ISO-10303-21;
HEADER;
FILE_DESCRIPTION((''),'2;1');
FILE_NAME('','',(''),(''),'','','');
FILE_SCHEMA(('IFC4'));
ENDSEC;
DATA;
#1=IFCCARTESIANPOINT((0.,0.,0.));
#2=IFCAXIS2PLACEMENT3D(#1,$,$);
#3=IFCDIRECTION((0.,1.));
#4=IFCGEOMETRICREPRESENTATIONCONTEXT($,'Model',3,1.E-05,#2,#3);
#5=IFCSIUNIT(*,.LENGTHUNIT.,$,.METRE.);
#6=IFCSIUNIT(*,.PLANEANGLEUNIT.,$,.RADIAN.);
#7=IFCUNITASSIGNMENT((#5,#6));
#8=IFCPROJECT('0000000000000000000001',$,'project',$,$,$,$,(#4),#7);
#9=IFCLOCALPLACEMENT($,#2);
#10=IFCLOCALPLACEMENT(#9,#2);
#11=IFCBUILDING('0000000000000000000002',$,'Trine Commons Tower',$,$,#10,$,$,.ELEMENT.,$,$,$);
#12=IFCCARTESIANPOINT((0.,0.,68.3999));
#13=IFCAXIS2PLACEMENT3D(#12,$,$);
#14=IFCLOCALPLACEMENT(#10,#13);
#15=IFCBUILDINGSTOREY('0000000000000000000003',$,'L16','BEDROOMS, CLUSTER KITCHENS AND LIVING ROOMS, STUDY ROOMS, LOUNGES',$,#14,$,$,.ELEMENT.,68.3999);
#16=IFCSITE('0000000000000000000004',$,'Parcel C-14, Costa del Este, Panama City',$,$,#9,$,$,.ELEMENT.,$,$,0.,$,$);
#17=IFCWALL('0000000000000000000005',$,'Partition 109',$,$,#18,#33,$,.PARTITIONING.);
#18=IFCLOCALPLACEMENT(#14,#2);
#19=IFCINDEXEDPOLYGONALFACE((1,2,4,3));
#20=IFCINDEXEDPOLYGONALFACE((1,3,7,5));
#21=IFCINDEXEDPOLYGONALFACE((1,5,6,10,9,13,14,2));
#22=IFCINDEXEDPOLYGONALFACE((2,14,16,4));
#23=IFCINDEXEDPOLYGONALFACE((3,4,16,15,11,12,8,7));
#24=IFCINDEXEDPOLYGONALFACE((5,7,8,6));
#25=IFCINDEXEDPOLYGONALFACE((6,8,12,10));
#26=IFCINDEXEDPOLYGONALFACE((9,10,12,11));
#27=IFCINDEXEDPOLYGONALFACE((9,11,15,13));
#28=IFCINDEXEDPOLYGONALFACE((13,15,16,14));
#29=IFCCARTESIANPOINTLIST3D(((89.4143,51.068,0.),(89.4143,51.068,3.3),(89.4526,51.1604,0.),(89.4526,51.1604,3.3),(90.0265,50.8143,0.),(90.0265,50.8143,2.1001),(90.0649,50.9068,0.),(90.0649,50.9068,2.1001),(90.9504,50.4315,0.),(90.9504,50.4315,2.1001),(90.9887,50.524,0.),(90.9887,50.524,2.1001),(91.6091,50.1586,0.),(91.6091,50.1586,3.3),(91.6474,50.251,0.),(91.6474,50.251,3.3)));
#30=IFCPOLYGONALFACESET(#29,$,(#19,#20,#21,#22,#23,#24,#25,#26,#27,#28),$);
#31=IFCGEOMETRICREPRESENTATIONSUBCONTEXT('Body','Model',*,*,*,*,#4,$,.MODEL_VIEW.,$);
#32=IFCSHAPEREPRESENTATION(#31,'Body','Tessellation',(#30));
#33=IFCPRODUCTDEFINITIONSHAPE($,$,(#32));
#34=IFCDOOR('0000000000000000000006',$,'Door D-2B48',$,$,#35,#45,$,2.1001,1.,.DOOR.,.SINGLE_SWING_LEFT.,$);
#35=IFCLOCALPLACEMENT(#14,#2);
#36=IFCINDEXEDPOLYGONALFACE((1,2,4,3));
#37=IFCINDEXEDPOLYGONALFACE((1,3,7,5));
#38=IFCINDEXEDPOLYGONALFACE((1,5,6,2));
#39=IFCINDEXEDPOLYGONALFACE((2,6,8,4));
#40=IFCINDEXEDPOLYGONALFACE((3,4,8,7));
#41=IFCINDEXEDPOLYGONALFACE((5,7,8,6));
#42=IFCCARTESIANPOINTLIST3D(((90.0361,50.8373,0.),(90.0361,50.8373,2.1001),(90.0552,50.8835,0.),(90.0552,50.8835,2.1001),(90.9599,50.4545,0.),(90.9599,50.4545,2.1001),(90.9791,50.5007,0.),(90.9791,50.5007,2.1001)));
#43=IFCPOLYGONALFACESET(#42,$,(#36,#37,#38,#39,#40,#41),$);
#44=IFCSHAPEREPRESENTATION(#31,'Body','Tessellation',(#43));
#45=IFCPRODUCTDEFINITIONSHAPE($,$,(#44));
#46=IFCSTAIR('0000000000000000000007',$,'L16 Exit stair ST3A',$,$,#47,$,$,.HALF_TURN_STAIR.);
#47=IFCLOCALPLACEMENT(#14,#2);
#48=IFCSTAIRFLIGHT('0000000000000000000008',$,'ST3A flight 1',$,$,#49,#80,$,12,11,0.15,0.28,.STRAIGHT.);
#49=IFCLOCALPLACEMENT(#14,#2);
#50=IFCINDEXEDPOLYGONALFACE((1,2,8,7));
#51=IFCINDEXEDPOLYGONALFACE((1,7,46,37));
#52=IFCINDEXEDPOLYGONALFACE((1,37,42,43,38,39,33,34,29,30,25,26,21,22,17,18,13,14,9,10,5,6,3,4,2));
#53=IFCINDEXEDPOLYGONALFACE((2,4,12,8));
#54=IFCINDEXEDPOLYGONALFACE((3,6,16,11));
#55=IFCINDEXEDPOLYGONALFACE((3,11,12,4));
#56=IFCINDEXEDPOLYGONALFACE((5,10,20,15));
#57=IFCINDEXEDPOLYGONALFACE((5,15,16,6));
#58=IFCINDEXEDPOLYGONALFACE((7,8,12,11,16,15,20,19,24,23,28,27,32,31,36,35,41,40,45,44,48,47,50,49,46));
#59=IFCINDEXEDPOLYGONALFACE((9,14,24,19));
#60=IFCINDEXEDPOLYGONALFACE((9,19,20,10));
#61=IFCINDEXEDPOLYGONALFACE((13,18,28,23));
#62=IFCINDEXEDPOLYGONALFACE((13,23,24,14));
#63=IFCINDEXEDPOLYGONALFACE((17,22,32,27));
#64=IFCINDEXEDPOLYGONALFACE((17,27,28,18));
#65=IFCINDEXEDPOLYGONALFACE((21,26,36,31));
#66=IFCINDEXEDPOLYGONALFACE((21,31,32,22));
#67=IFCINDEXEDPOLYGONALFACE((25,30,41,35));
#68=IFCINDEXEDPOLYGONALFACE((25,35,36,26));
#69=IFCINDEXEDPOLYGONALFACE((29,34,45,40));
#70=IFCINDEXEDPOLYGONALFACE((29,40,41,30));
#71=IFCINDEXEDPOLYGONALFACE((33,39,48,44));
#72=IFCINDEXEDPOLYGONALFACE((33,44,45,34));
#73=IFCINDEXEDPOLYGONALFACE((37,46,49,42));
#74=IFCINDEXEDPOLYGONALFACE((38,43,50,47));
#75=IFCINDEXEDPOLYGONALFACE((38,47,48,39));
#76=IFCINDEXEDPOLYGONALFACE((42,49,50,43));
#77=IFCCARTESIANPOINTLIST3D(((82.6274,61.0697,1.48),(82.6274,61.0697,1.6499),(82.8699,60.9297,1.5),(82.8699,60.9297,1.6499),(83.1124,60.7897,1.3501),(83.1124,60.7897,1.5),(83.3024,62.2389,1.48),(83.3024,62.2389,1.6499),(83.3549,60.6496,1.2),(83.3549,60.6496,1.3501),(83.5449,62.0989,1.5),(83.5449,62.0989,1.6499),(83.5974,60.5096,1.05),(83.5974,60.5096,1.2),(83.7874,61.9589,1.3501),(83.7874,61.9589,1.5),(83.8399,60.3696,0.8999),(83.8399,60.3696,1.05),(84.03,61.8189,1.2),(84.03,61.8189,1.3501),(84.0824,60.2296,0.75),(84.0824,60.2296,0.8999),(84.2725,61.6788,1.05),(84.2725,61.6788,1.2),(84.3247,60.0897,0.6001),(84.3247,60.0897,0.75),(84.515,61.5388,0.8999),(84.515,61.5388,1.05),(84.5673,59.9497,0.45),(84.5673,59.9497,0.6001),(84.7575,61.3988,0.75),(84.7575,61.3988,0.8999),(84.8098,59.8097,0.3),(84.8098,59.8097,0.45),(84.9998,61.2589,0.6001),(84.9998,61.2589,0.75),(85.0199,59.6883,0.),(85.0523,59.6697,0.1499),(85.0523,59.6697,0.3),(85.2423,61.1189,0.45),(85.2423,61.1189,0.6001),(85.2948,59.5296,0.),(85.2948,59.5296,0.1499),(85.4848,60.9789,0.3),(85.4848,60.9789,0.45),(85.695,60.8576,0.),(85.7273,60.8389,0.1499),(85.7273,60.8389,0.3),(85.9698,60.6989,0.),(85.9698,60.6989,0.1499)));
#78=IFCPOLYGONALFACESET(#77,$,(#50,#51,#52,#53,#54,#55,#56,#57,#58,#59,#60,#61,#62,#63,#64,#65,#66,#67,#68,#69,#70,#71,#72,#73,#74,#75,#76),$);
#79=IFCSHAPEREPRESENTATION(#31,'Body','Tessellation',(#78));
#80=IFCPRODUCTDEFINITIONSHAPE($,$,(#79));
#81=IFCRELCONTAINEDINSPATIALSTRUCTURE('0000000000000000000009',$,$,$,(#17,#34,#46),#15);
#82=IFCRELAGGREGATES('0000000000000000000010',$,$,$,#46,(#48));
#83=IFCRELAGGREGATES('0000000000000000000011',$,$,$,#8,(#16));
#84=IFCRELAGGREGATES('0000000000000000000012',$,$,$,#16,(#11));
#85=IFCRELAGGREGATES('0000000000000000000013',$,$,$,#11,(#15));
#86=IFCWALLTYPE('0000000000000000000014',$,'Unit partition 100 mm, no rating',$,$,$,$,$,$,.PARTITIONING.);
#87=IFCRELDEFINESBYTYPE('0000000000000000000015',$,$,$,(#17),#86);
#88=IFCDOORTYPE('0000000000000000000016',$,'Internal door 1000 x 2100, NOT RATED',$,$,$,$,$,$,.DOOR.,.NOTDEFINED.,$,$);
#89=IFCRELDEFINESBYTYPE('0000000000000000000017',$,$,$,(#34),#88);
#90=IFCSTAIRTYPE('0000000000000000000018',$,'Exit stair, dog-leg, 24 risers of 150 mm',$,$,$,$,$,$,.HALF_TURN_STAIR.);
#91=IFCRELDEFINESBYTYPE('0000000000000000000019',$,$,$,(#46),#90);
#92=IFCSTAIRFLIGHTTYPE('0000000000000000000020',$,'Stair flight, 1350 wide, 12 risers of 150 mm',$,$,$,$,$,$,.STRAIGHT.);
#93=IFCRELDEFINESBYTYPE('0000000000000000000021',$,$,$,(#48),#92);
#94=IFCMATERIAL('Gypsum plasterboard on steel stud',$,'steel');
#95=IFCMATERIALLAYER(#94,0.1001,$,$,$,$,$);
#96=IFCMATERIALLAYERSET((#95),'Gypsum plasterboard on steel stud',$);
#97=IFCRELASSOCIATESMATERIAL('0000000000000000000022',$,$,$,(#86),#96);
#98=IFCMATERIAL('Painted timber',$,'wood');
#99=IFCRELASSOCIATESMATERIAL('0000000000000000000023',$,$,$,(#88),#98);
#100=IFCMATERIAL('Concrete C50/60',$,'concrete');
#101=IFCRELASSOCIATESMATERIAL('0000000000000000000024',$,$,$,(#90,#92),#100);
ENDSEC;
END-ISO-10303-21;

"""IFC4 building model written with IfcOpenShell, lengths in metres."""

from ifc_helpers import new_model, si_unit, direction, frame, frame_2d, origin, place, context, subcontext, project, spatial, polyline, rectangle, outline, extrude, material, layer, layer_set, type_object, element, fill, aggregate, save


model = new_model("IFC4")

# Units and contexts
model_context = context("Model", 3, precision=1e-05, world=origin(), true_north=direction((0.0, 1.0)))
body_context = subcontext(model_context, "Body", "Model", "MODEL_VIEW")
ifc_project = project(units=[si_unit("LENGTHUNIT", "METRE"), si_unit("PLANEANGLEUNIT", "RADIAN")], contexts=[model_context])

# Site, building, storey
site_placement = place(None, origin())
site = spatial("IfcSite", under=ifc_project, at=site_placement, Name="Parcel C-14, Costa del Este, Panama City", CompositionType="ELEMENT", RefElevation=0.0)
building_placement = place(site_placement, origin())
building = spatial("IfcBuilding", under=site, at=building_placement, Name="Trine Commons Tower", CompositionType="ELEMENT")
storey_placement = place(building_placement, frame((0.0, 0.0, 68.3999)))
storey = spatial("IfcBuildingStorey", under=building, at=storey_placement, Name="L16", Description="BEDROOMS, CLUSTER KITCHENS AND LIVING ROOMS, STUDY ROOMS, LOUNGES", CompositionType="ELEMENT", Elevation=68.3999)

# Shared definitions
ifc_material_1 = material(Name="Gypsum plasterboard on steel stud", Category="steel")

# Shared definitions
ifc_material_2 = material(Name="Painted timber", Category="wood")

# Wall, opening, door
ifc_layer_1 = layer(ifc_material_1, 0.1001)
ifc_layer_set_1 = layer_set([ifc_layer_1], Name="Gypsum plasterboard on steel stud")
wall_type_1 = type_object("IfcWallType", Name="Unit partition 100 mm, no rating", PredefinedType="PARTITIONING", material=ifc_layer_set_1)
wall_1_placement = place(storey_placement, frame((89.4333, 51.1143, 0.0), z_axis=(0.0, 0.0, 1.0), x_axis=(0.923835, -0.38279, 0.0)))
wall_1 = element("IfcWall", 1, at=wall_1_placement, inside=storey, type_object=wall_type_1, Name="Partition 109", PredefinedType="PARTITIONING", context=body_context, shape_type="SweptSolid", body=[
    extrude(rectangle(XDim=2.3757, YDim=0.1001, at=frame_2d((1.188, 0.0))), origin(), (0.0, 0.0, 1.0), 3.3),
])
opening_1_placement = place(wall_1_placement, frame((0.6628, 0.0, 0.0)))
opening_1 = element("IfcOpeningElement", 2, at=opening_1_placement, cuts=wall_1, PredefinedType="OPENING", context=body_context, shape_type="SweptSolid", body=[
    extrude(rectangle(XDim=1.0, YDim=2.1001, at=frame_2d((0.5, 1.05))), frame((0.0, 0.0601, 0.0), z_axis=(0.0, -1.0, 0.0), x_axis=(1.0, 0.0, 0.0)), (0.0, 0.0, 1.0), 0.1201),
])
door_type_1 = type_object("IfcDoorType", Name="Internal door 1000 x 2100, NOT RATED", OperationType="NOTDEFINED", PredefinedType="DOOR", material=ifc_material_2)
door_1_placement = place(opening_1_placement, origin())
door_1 = element("IfcDoor", 3, at=door_1_placement, inside=storey, type_object=door_type_1, Name="Door D-2B48", OperationType="SINGLE_SWING_LEFT", OverallHeight=2.1001, OverallWidth=1.0, PredefinedType="DOOR", context=body_context, shape_type="SweptSolid", body=[
    extrude(rectangle(XDim=1.0, YDim=2.1001, at=frame_2d((0.5, 1.05))), frame((0.0, 0.0249, 0.0), z_axis=(0.0, -1.0, 0.0), x_axis=(1.0, 0.0, 0.0)), (0.0, 0.0, 1.0), 0.05),
])
fill(opening_1, door_1)

# Stair, stair flight
ifc_material_3 = material(Name="Concrete C50/60", Category="concrete")
stair_type = type_object("IfcStairType", Name="Exit stair, dog-leg, 24 risers of 150 mm", PredefinedType="HALF_TURN_STAIR", material=ifc_material_3)
stair_placement = place(storey_placement, origin())
stair = element("IfcStair", 4, at=stair_placement, inside=storey, type_object=stair_type, Name="L16 Exit stair ST3A", PredefinedType="HALF_TURN_STAIR")
stair_flight_type = type_object("IfcStairFlightType", Name="Stair flight, 1350 wide, 12 risers of 150 mm", PredefinedType="STRAIGHT", material=ifc_material_3)
stair_flight_placement = place(storey_placement, frame((85.6323, 60.1143, 0.0), z_axis=(0.0, 0.0, 1.0), x_axis=(-0.866025, 0.5, 0.0)))
stair_flight = element("IfcStairFlight", 5, at=stair_flight_placement, type_object=stair_flight_type, Name="ST3A flight 1", NumberOfRisers=12, NumberOfTreads=11, PredefinedType="STRAIGHT", RiserHeight=0.15, TreadLength=0.28, context=body_context, shape_type="SweptSolid", body=[
    extrude(outline(polyline([(0.0, 0.0), (0.0, 0.1499), (0.28, 0.1499), (0.28, 0.3), (0.5601, 0.3), (0.5601, 0.45), (0.8401, 0.45), (0.8401, 0.6001), (1.1201, 0.6001), (1.1201, 0.75), (1.3999, 0.75), (1.3999, 0.8999), (1.6799, 0.8999), (1.6799, 1.05), (1.96, 1.05), (1.96, 1.2), (2.24, 1.2), (2.24, 1.3501), (2.52, 1.3501), (2.52, 1.5), (2.8, 1.5), (2.8, 1.6499), (3.0801, 1.6499), (3.0801, 1.8), (3.0801, 1.48), (0.3174, 0.0), (0.0, 0.0)])), frame((0.0, 0.675, 0.0), z_axis=(0.0, -1.0, 0.0), x_axis=(1.0, 0.0, 0.0)), (0.0, 0.0, 1.0), 1.3501),
])
aggregate(stair, [stair_flight])

save(model, "model.ifc")
